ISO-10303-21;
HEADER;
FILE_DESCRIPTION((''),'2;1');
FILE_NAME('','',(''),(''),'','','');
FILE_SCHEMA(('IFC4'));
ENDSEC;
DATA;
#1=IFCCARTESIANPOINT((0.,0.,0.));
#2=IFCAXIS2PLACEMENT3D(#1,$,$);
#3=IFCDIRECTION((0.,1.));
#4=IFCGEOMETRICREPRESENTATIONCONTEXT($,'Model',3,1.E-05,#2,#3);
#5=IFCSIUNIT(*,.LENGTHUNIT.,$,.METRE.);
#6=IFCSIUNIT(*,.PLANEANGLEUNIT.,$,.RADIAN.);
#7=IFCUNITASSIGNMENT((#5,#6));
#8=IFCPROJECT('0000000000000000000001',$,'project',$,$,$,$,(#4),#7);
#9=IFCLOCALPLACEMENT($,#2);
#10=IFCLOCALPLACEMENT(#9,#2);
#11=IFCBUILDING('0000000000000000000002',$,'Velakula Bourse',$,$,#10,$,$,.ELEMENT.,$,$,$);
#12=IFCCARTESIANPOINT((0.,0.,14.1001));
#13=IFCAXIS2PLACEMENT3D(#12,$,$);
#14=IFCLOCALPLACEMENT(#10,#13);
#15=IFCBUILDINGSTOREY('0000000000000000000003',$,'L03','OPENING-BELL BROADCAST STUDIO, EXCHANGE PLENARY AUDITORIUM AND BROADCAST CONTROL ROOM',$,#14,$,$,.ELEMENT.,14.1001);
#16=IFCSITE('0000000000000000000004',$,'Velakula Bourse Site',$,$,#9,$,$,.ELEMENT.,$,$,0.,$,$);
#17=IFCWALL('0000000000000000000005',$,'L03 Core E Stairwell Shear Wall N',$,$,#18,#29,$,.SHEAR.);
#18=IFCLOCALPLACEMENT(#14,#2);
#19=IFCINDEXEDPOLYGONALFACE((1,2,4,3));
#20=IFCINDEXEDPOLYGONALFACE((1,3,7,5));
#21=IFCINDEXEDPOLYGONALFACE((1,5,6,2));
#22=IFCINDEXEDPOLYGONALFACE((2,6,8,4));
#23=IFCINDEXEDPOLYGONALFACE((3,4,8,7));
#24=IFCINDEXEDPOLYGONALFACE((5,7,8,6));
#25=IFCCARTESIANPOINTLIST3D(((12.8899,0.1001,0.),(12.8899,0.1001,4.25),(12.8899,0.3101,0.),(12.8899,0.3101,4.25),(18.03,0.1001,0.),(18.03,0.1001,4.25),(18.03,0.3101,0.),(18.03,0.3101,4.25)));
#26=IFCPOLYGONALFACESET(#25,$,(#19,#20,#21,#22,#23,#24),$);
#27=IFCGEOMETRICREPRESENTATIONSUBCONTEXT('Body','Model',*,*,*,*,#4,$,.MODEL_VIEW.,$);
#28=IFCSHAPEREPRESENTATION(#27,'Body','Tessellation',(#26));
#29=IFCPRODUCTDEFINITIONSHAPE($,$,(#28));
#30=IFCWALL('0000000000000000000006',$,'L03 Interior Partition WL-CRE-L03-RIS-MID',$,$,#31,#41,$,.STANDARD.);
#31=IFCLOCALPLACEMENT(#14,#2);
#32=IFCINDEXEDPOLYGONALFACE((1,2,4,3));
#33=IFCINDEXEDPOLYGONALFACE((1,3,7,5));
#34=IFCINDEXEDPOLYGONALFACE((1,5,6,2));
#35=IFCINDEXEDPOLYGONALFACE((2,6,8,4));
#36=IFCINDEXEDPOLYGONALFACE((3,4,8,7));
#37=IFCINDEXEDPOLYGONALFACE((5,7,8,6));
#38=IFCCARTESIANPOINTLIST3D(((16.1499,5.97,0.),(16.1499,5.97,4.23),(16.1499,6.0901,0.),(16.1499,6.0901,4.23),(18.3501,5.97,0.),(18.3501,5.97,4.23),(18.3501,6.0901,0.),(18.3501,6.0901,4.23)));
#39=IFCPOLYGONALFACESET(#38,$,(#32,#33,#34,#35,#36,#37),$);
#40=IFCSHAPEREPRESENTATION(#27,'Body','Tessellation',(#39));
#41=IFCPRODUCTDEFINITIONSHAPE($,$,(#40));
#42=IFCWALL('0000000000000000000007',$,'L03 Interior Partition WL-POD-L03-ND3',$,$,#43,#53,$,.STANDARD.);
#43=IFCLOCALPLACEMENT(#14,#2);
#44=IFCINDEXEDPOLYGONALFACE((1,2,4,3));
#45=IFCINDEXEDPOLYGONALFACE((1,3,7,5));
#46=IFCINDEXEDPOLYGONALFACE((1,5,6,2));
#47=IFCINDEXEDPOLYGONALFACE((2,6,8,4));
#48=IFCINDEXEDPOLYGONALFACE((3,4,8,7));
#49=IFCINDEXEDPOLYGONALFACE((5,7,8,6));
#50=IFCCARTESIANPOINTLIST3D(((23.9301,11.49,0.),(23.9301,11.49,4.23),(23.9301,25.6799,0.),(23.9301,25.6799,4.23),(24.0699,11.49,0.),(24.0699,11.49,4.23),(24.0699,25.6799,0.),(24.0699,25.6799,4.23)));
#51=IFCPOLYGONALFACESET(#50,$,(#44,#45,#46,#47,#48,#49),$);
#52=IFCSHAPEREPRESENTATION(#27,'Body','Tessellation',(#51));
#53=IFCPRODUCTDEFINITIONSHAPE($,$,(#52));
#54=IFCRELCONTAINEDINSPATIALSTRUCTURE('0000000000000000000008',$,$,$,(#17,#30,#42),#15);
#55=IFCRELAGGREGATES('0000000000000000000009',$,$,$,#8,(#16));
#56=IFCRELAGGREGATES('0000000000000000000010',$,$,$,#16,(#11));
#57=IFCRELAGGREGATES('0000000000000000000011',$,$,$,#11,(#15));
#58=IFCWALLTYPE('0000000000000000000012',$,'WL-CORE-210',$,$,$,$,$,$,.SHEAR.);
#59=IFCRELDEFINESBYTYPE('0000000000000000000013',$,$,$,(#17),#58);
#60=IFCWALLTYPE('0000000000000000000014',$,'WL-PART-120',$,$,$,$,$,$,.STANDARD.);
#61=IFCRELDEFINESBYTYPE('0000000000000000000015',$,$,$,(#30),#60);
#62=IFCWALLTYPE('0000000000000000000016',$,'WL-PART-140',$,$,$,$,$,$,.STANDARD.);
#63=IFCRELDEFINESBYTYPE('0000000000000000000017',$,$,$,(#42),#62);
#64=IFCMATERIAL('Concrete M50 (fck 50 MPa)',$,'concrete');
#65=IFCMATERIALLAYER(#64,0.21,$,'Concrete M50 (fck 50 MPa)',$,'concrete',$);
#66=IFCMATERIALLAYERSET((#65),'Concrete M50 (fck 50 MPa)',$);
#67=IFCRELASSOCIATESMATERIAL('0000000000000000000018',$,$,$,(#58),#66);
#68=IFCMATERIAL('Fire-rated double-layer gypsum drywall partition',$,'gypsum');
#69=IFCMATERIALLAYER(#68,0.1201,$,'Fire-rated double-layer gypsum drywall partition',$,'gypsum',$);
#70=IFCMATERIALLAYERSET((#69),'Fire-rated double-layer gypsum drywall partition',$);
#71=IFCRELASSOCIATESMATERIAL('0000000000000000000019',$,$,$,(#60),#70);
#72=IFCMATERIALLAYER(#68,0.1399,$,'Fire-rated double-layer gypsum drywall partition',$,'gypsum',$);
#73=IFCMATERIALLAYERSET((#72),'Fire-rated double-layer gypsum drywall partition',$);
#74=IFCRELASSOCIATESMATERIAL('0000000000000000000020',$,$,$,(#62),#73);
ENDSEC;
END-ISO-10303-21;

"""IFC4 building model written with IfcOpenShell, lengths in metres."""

from ifc_helpers import new_model, si_unit, direction, frame, frame_2d, origin, place, context, subcontext, project, spatial, rectangle, extrude, material, layer, layer_set, type_object, element, save


model = new_model("IFC4")

# Units and contexts
model_context = context("Model", 3, precision=1e-05, world=origin(), true_north=direction((0.0, 1.0)))
body_context = subcontext(model_context, "Body", "Model", "MODEL_VIEW")
ifc_project = project(units=[si_unit("LENGTHUNIT", "METRE"), si_unit("PLANEANGLEUNIT", "RADIAN")], contexts=[model_context])

# Site, building, storey
site_placement = place(None, origin())
site = spatial("IfcSite", under=ifc_project, at=site_placement, Name="Velakula Bourse Site", CompositionType="ELEMENT", RefElevation=0.0)
building_placement = place(site_placement, origin())
building = spatial("IfcBuilding", under=site, at=building_placement, Name="Velakula Bourse", CompositionType="ELEMENT")
storey_placement = place(building_placement, frame((0.0, 0.0, 14.1001)))
storey = spatial("IfcBuildingStorey", under=building, at=storey_placement, Name="L03", Description="OPENING-BELL BROADCAST STUDIO, EXCHANGE PLENARY AUDITORIUM AND BROADCAST CONTROL ROOM", CompositionType="ELEMENT", Elevation=14.1001)

# Walls
ifc_material_1 = material(Name="Concrete M50 (fck 50 MPa)", Category="concrete")
ifc_layer_1 = layer(ifc_material_1, 0.21, Name="Concrete M50 (fck 50 MPa)", Category="concrete")
ifc_layer_set_1 = layer_set([ifc_layer_1], Name="Concrete M50 (fck 50 MPa)")
wall_type_1 = type_object("IfcWallType", Name="WL-CORE-210", PredefinedType="SHEAR", material=ifc_layer_set_1)
wall_1_placement = place(storey_placement, frame((18.03, 0.2051, 0.0), z_axis=(0.0, 0.0, 1.0), x_axis=(-1.0, 0.0, 0.0)))
element("IfcWall", 1, at=wall_1_placement, inside=storey, type_object=wall_type_1, Name="L03 Core E Stairwell Shear Wall N", PredefinedType="SHEAR", context=body_context, shape_type="SweptSolid", body=[
    extrude(rectangle(XDim=5.1401, YDim=0.21, at=frame_2d((2.5701, 0.0))), origin(), (0.0, 0.0, 1.0), 4.25),
])
ifc_material_2 = material(Name="Fire-rated double-layer gypsum drywall partition", Category="gypsum")
ifc_layer_2 = layer(ifc_material_2, 0.1201, Name="Fire-rated double-layer gypsum drywall partition", Category="gypsum")
ifc_layer_set_2 = layer_set([ifc_layer_2], Name="Fire-rated double-layer gypsum drywall partition")
wall_type_2 = type_object("IfcWallType", Name="WL-PART-120", PredefinedType="STANDARD", material=ifc_layer_set_2)
wall_2_placement = place(storey_placement, frame((16.1499, 6.03, 0.0), z_axis=(0.0, 0.0, 1.0), x_axis=(1.0, 0.0, 0.0)))
element("IfcWall", 2, at=wall_2_placement, inside=storey, type_object=wall_type_2, Name="L03 Interior Partition WL-CRE-L03-RIS-MID", PredefinedType="STANDARD", context=body_context, shape_type="SweptSolid", body=[
    extrude(rectangle(XDim=2.2002, YDim=0.1201, at=frame_2d((1.1001, 0.0))), origin(), (0.0, 0.0, 1.0), 4.23),
])
ifc_layer_3 = layer(ifc_material_2, 0.1399, Name="Fire-rated double-layer gypsum drywall partition", Category="gypsum")
ifc_layer_set_3 = layer_set([ifc_layer_3], Name="Fire-rated double-layer gypsum drywall partition")
wall_type_3 = type_object("IfcWallType", Name="WL-PART-140", PredefinedType="STANDARD", material=ifc_layer_set_3)
wall_3_placement = place(storey_placement, frame((24.0, 11.49, 0.0), z_axis=(0.0, 0.0, 1.0), x_axis=(0.0, 1.0, 0.0)))
element("IfcWall", 3, at=wall_3_placement, inside=storey, type_object=wall_type_3, Name="L03 Interior Partition WL-POD-L03-ND3", PredefinedType="STANDARD", context=body_context, shape_type="SweptSolid", body=[
    extrude(rectangle(XDim=14.1899, YDim=0.1399, at=frame_2d((7.095, 0.0))), origin(), (0.0, 0.0, 1.0), 4.23),
])

save(model, "model.ifc")
